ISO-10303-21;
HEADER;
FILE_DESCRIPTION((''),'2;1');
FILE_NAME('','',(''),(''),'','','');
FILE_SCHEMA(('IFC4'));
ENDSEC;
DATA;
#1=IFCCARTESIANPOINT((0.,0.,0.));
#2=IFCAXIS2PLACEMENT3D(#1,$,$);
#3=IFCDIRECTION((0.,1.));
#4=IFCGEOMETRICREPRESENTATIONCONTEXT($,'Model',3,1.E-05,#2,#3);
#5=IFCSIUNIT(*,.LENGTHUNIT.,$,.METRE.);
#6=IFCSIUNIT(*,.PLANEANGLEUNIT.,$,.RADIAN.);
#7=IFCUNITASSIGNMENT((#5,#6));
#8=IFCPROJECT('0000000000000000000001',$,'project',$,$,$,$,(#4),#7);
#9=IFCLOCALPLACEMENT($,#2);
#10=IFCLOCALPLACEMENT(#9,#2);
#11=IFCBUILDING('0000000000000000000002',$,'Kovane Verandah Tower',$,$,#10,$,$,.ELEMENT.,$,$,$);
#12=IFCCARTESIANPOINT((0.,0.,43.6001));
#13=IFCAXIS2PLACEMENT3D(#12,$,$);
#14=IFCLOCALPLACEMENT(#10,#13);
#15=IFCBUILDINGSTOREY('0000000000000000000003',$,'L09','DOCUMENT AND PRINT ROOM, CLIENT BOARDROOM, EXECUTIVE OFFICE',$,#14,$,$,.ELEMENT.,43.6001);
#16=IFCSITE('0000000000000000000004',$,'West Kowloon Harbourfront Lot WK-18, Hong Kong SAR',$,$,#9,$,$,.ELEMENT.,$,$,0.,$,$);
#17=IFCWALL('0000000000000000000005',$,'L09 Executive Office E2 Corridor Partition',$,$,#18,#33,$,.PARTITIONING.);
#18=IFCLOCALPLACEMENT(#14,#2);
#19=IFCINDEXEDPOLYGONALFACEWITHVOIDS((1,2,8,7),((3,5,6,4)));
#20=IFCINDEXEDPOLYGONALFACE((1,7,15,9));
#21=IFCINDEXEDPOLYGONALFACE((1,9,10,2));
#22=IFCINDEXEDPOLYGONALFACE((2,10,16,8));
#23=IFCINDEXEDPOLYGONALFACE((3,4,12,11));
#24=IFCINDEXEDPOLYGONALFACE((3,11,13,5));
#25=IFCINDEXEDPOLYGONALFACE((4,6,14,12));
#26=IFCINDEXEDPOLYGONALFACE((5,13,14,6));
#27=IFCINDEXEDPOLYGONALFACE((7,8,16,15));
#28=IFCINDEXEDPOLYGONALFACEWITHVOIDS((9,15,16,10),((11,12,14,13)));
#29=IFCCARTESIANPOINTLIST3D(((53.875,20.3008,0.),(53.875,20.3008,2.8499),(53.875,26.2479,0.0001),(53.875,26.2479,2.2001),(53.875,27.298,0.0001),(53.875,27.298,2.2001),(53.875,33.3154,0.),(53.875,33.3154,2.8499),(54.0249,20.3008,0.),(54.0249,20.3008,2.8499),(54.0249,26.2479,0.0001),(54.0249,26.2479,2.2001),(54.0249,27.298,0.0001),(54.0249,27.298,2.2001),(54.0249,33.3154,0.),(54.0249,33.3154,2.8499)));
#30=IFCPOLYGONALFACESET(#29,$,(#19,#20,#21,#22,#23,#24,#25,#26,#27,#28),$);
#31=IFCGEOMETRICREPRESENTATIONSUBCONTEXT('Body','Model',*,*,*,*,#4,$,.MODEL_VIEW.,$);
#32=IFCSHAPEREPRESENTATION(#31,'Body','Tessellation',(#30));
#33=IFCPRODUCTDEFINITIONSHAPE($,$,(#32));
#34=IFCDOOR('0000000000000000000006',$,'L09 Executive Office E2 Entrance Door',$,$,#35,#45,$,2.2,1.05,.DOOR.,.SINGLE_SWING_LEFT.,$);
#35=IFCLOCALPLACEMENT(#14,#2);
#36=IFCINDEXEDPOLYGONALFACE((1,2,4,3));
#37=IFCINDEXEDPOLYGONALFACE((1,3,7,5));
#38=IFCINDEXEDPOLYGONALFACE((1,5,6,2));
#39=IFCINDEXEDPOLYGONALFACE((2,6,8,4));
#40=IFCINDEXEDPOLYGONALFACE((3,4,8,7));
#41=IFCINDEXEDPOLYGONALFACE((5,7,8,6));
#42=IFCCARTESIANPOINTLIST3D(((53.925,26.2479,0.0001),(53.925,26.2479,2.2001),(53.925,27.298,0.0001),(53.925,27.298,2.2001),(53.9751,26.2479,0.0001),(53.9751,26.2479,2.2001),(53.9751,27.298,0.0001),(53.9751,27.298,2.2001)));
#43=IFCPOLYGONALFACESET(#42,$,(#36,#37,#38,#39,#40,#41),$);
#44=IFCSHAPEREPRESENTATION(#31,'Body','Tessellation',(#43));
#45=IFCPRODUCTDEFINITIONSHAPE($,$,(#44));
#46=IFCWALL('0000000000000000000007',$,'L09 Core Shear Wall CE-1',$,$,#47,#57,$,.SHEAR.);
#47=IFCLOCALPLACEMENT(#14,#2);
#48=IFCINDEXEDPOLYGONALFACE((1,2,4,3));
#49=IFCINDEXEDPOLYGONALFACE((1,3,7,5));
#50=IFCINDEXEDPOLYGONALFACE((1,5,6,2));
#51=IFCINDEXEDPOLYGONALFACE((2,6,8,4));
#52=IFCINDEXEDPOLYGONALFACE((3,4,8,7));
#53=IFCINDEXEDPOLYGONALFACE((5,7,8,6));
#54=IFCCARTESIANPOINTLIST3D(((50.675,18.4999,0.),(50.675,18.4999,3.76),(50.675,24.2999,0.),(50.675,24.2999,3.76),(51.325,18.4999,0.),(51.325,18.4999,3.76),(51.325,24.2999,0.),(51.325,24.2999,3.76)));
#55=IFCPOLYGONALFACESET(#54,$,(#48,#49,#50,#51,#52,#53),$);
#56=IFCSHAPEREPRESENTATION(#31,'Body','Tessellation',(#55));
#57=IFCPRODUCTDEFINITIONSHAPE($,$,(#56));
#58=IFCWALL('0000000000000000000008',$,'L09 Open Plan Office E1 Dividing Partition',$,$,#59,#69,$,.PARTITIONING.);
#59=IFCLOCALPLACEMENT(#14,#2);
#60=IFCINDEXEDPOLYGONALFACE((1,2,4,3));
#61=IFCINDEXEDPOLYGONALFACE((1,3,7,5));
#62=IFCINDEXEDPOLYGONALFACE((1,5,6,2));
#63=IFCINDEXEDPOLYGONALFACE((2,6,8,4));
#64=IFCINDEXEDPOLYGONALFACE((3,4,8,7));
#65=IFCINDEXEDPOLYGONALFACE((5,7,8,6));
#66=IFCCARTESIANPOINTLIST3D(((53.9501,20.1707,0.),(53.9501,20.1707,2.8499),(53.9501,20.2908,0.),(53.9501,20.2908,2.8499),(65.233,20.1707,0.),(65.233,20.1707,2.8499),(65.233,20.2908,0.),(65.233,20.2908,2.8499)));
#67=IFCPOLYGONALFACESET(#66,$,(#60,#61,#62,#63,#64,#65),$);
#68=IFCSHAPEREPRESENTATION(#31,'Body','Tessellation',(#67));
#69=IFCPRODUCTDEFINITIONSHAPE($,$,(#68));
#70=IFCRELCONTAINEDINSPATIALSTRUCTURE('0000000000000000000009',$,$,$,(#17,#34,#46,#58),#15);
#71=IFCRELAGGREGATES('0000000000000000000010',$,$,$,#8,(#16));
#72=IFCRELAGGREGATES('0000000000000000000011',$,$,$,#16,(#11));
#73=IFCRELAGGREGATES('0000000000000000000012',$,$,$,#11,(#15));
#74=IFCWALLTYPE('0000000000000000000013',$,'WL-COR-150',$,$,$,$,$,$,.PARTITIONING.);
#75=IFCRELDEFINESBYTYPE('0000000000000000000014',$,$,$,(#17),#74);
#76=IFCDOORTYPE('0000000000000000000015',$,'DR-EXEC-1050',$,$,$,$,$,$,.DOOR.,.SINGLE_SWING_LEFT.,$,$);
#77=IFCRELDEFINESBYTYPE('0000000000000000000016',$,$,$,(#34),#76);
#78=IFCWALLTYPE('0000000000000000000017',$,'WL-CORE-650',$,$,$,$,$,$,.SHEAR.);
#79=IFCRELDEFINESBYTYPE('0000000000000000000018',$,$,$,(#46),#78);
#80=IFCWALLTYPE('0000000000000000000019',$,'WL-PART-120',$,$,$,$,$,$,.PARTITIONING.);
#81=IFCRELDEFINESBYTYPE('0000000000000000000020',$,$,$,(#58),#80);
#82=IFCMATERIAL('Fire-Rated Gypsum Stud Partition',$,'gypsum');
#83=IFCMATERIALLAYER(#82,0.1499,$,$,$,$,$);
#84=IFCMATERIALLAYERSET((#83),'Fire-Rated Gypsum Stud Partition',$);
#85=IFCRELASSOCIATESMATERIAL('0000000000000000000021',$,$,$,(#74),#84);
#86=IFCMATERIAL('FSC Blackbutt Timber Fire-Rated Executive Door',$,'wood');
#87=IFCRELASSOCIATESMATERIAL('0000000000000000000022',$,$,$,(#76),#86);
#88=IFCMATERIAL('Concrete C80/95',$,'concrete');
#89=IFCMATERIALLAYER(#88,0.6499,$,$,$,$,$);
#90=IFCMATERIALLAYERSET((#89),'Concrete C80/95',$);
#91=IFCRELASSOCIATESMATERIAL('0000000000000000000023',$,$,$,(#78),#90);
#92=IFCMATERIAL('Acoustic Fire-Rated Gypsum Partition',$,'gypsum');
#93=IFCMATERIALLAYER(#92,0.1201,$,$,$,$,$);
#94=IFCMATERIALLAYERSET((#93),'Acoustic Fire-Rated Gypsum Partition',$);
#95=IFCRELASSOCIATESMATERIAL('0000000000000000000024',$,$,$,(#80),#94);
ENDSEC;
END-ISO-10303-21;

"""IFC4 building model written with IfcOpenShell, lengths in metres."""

from ifc_helpers import new_model, si_unit, direction, frame, frame_2d, origin, place, context, subcontext, project, spatial, rectangle, extrude, material, layer, layer_set, type_object, element, fill, save


model = new_model("IFC4")

# Units and contexts
model_context = context("Model", 3, precision=1e-05, world=origin(), true_north=direction((0.0, 1.0)))
body_context = subcontext(model_context, "Body", "Model", "MODEL_VIEW")
ifc_project = project(units=[si_unit("LENGTHUNIT", "METRE"), si_unit("PLANEANGLEUNIT", "RADIAN")], contexts=[model_context])

# Site, building, storey
site_placement = place(None, origin())
site = spatial("IfcSite", under=ifc_project, at=site_placement, Name="West Kowloon Harbourfront Lot WK-18, Hong Kong SAR", CompositionType="ELEMENT", RefElevation=0.0)
building_placement = place(site_placement, origin())
building = spatial("IfcBuilding", under=site, at=building_placement, Name="Kovane Verandah Tower", CompositionType="ELEMENT")
storey_placement = place(building_placement, frame((0.0, 0.0, 43.6001)))
storey = spatial("IfcBuildingStorey", under=building, at=storey_placement, Name="L09", Description="DOCUMENT AND PRINT ROOM, CLIENT BOARDROOM, EXECUTIVE OFFICE", CompositionType="ELEMENT", Elevation=43.6001)

# Shared definitions
ifc_material_1 = material(Name="Concrete C80/95", Category="concrete")

# Wall, opening, door
ifc_material_2 = material(Name="Fire-Rated Gypsum Stud Partition", Category="gypsum")
ifc_layer_1 = layer(ifc_material_2, 0.1499)
ifc_layer_set_1 = layer_set([ifc_layer_1], Name="Fire-Rated Gypsum Stud Partition")
wall_type_1 = type_object("IfcWallType", Name="WL-COR-150", PredefinedType="PARTITIONING", material=ifc_layer_set_1)
wall_1_placement = place(storey_placement, frame((53.95, 20.3008, 0.0), z_axis=(0.0, 0.0, 1.0), x_axis=(0.0, 1.0, 0.0)))
wall_1 = element("IfcWall", 1, at=wall_1_placement, inside=storey, type_object=wall_type_1, Name="L09 Executive Office E2 Corridor Partition", PredefinedType="PARTITIONING", context=body_context, shape_type="SweptSolid", body=[
    extrude(rectangle(XDim=13.0146, YDim=0.1499, at=frame_2d((6.5073, 0.0))), origin(), (0.0, 0.0, 1.0), 2.8499),
])
opening_1_placement = place(wall_1_placement, frame((5.9473, 0.0, 0.0)))
opening_1 = element("IfcOpeningElement", 2, at=opening_1_placement, cuts=wall_1, PredefinedType="OPENING", context=body_context, shape_type="SweptSolid", body=[
    extrude(rectangle(XDim=1.05, YDim=2.2, at=frame_2d((0.5249, 1.1001))), frame((0.0, 0.075, 0.0), z_axis=(0.0, -1.0, 0.0), x_axis=(1.0, 0.0, 0.0)), (0.0, 0.0, 1.0), 0.1499),
])
ifc_material_3 = material(Name="FSC Blackbutt Timber Fire-Rated Executive Door", Category="wood")
door_type_1 = type_object("IfcDoorType", Name="DR-EXEC-1050", OperationType="SINGLE_SWING_LEFT", PredefinedType="DOOR", material=ifc_material_3)
door_1_placement = place(opening_1_placement, origin())
door_1 = element("IfcDoor", 3, at=door_1_placement, inside=storey, type_object=door_type_1, Name="L09 Executive Office E2 Entrance Door", OperationType="SINGLE_SWING_LEFT", OverallHeight=2.2, OverallWidth=1.05, PredefinedType="DOOR", context=body_context, shape_type="SweptSolid", body=[
    extrude(rectangle(XDim=1.05, YDim=2.2, at=frame_2d((0.5249, 1.1001))), frame((0.0, 0.0249, 0.0), z_axis=(0.0, -1.0, 0.0), x_axis=(1.0, 0.0, 0.0)), (0.0, 0.0, 1.0), 0.05),
])
fill(opening_1, door_1)

# Walls
ifc_layer_2 = layer(ifc_material_1, 0.6499)
ifc_layer_set_2 = layer_set([ifc_layer_2], Name="Concrete C80/95")
wall_type_2 = type_object("IfcWallType", Name="WL-CORE-650", PredefinedType="SHEAR", material=ifc_layer_set_2)
wall_2_placement = place(storey_placement, frame((51.0, 18.5, 0.0), z_axis=(0.0, 0.0, 1.0), x_axis=(0.0, 1.0, 0.0)))
element("IfcWall", 4, at=wall_2_placement, inside=storey, type_object=wall_type_2, Name="L09 Core Shear Wall CE-1", PredefinedType="SHEAR", context=body_context, shape_type="SweptSolid", body=[
    extrude(rectangle(XDim=5.8, YDim=0.6499, at=frame_2d((2.8999, 0.0))), origin(), (0.0, 0.0, 1.0), 3.76),
])
ifc_material_4 = material(Name="Acoustic Fire-Rated Gypsum Partition", Category="gypsum")
ifc_layer_3 = layer(ifc_material_4, 0.1201)
ifc_layer_set_3 = layer_set([ifc_layer_3], Name="Acoustic Fire-Rated Gypsum Partition")
wall_type_3 = type_object("IfcWallType", Name="WL-PART-120", PredefinedType="PARTITIONING", material=ifc_layer_set_3)
wall_3_placement = place(storey_placement, frame((53.95, 20.2307, 0.0), z_axis=(0.0, 0.0, 1.0), x_axis=(1.0, 0.0, 0.0)))
element("IfcWall", 5, at=wall_3_placement, inside=storey, type_object=wall_type_3, Name="L09 Open Plan Office E1 Dividing Partition", PredefinedType="PARTITIONING", context=body_context, shape_type="SweptSolid", body=[
    extrude(rectangle(XDim=11.283, YDim=0.1201, at=frame_2d((5.6416, 0.0))), origin(), (0.0, 0.0, 1.0), 2.8499),
])

save(model, "model.ifc")
